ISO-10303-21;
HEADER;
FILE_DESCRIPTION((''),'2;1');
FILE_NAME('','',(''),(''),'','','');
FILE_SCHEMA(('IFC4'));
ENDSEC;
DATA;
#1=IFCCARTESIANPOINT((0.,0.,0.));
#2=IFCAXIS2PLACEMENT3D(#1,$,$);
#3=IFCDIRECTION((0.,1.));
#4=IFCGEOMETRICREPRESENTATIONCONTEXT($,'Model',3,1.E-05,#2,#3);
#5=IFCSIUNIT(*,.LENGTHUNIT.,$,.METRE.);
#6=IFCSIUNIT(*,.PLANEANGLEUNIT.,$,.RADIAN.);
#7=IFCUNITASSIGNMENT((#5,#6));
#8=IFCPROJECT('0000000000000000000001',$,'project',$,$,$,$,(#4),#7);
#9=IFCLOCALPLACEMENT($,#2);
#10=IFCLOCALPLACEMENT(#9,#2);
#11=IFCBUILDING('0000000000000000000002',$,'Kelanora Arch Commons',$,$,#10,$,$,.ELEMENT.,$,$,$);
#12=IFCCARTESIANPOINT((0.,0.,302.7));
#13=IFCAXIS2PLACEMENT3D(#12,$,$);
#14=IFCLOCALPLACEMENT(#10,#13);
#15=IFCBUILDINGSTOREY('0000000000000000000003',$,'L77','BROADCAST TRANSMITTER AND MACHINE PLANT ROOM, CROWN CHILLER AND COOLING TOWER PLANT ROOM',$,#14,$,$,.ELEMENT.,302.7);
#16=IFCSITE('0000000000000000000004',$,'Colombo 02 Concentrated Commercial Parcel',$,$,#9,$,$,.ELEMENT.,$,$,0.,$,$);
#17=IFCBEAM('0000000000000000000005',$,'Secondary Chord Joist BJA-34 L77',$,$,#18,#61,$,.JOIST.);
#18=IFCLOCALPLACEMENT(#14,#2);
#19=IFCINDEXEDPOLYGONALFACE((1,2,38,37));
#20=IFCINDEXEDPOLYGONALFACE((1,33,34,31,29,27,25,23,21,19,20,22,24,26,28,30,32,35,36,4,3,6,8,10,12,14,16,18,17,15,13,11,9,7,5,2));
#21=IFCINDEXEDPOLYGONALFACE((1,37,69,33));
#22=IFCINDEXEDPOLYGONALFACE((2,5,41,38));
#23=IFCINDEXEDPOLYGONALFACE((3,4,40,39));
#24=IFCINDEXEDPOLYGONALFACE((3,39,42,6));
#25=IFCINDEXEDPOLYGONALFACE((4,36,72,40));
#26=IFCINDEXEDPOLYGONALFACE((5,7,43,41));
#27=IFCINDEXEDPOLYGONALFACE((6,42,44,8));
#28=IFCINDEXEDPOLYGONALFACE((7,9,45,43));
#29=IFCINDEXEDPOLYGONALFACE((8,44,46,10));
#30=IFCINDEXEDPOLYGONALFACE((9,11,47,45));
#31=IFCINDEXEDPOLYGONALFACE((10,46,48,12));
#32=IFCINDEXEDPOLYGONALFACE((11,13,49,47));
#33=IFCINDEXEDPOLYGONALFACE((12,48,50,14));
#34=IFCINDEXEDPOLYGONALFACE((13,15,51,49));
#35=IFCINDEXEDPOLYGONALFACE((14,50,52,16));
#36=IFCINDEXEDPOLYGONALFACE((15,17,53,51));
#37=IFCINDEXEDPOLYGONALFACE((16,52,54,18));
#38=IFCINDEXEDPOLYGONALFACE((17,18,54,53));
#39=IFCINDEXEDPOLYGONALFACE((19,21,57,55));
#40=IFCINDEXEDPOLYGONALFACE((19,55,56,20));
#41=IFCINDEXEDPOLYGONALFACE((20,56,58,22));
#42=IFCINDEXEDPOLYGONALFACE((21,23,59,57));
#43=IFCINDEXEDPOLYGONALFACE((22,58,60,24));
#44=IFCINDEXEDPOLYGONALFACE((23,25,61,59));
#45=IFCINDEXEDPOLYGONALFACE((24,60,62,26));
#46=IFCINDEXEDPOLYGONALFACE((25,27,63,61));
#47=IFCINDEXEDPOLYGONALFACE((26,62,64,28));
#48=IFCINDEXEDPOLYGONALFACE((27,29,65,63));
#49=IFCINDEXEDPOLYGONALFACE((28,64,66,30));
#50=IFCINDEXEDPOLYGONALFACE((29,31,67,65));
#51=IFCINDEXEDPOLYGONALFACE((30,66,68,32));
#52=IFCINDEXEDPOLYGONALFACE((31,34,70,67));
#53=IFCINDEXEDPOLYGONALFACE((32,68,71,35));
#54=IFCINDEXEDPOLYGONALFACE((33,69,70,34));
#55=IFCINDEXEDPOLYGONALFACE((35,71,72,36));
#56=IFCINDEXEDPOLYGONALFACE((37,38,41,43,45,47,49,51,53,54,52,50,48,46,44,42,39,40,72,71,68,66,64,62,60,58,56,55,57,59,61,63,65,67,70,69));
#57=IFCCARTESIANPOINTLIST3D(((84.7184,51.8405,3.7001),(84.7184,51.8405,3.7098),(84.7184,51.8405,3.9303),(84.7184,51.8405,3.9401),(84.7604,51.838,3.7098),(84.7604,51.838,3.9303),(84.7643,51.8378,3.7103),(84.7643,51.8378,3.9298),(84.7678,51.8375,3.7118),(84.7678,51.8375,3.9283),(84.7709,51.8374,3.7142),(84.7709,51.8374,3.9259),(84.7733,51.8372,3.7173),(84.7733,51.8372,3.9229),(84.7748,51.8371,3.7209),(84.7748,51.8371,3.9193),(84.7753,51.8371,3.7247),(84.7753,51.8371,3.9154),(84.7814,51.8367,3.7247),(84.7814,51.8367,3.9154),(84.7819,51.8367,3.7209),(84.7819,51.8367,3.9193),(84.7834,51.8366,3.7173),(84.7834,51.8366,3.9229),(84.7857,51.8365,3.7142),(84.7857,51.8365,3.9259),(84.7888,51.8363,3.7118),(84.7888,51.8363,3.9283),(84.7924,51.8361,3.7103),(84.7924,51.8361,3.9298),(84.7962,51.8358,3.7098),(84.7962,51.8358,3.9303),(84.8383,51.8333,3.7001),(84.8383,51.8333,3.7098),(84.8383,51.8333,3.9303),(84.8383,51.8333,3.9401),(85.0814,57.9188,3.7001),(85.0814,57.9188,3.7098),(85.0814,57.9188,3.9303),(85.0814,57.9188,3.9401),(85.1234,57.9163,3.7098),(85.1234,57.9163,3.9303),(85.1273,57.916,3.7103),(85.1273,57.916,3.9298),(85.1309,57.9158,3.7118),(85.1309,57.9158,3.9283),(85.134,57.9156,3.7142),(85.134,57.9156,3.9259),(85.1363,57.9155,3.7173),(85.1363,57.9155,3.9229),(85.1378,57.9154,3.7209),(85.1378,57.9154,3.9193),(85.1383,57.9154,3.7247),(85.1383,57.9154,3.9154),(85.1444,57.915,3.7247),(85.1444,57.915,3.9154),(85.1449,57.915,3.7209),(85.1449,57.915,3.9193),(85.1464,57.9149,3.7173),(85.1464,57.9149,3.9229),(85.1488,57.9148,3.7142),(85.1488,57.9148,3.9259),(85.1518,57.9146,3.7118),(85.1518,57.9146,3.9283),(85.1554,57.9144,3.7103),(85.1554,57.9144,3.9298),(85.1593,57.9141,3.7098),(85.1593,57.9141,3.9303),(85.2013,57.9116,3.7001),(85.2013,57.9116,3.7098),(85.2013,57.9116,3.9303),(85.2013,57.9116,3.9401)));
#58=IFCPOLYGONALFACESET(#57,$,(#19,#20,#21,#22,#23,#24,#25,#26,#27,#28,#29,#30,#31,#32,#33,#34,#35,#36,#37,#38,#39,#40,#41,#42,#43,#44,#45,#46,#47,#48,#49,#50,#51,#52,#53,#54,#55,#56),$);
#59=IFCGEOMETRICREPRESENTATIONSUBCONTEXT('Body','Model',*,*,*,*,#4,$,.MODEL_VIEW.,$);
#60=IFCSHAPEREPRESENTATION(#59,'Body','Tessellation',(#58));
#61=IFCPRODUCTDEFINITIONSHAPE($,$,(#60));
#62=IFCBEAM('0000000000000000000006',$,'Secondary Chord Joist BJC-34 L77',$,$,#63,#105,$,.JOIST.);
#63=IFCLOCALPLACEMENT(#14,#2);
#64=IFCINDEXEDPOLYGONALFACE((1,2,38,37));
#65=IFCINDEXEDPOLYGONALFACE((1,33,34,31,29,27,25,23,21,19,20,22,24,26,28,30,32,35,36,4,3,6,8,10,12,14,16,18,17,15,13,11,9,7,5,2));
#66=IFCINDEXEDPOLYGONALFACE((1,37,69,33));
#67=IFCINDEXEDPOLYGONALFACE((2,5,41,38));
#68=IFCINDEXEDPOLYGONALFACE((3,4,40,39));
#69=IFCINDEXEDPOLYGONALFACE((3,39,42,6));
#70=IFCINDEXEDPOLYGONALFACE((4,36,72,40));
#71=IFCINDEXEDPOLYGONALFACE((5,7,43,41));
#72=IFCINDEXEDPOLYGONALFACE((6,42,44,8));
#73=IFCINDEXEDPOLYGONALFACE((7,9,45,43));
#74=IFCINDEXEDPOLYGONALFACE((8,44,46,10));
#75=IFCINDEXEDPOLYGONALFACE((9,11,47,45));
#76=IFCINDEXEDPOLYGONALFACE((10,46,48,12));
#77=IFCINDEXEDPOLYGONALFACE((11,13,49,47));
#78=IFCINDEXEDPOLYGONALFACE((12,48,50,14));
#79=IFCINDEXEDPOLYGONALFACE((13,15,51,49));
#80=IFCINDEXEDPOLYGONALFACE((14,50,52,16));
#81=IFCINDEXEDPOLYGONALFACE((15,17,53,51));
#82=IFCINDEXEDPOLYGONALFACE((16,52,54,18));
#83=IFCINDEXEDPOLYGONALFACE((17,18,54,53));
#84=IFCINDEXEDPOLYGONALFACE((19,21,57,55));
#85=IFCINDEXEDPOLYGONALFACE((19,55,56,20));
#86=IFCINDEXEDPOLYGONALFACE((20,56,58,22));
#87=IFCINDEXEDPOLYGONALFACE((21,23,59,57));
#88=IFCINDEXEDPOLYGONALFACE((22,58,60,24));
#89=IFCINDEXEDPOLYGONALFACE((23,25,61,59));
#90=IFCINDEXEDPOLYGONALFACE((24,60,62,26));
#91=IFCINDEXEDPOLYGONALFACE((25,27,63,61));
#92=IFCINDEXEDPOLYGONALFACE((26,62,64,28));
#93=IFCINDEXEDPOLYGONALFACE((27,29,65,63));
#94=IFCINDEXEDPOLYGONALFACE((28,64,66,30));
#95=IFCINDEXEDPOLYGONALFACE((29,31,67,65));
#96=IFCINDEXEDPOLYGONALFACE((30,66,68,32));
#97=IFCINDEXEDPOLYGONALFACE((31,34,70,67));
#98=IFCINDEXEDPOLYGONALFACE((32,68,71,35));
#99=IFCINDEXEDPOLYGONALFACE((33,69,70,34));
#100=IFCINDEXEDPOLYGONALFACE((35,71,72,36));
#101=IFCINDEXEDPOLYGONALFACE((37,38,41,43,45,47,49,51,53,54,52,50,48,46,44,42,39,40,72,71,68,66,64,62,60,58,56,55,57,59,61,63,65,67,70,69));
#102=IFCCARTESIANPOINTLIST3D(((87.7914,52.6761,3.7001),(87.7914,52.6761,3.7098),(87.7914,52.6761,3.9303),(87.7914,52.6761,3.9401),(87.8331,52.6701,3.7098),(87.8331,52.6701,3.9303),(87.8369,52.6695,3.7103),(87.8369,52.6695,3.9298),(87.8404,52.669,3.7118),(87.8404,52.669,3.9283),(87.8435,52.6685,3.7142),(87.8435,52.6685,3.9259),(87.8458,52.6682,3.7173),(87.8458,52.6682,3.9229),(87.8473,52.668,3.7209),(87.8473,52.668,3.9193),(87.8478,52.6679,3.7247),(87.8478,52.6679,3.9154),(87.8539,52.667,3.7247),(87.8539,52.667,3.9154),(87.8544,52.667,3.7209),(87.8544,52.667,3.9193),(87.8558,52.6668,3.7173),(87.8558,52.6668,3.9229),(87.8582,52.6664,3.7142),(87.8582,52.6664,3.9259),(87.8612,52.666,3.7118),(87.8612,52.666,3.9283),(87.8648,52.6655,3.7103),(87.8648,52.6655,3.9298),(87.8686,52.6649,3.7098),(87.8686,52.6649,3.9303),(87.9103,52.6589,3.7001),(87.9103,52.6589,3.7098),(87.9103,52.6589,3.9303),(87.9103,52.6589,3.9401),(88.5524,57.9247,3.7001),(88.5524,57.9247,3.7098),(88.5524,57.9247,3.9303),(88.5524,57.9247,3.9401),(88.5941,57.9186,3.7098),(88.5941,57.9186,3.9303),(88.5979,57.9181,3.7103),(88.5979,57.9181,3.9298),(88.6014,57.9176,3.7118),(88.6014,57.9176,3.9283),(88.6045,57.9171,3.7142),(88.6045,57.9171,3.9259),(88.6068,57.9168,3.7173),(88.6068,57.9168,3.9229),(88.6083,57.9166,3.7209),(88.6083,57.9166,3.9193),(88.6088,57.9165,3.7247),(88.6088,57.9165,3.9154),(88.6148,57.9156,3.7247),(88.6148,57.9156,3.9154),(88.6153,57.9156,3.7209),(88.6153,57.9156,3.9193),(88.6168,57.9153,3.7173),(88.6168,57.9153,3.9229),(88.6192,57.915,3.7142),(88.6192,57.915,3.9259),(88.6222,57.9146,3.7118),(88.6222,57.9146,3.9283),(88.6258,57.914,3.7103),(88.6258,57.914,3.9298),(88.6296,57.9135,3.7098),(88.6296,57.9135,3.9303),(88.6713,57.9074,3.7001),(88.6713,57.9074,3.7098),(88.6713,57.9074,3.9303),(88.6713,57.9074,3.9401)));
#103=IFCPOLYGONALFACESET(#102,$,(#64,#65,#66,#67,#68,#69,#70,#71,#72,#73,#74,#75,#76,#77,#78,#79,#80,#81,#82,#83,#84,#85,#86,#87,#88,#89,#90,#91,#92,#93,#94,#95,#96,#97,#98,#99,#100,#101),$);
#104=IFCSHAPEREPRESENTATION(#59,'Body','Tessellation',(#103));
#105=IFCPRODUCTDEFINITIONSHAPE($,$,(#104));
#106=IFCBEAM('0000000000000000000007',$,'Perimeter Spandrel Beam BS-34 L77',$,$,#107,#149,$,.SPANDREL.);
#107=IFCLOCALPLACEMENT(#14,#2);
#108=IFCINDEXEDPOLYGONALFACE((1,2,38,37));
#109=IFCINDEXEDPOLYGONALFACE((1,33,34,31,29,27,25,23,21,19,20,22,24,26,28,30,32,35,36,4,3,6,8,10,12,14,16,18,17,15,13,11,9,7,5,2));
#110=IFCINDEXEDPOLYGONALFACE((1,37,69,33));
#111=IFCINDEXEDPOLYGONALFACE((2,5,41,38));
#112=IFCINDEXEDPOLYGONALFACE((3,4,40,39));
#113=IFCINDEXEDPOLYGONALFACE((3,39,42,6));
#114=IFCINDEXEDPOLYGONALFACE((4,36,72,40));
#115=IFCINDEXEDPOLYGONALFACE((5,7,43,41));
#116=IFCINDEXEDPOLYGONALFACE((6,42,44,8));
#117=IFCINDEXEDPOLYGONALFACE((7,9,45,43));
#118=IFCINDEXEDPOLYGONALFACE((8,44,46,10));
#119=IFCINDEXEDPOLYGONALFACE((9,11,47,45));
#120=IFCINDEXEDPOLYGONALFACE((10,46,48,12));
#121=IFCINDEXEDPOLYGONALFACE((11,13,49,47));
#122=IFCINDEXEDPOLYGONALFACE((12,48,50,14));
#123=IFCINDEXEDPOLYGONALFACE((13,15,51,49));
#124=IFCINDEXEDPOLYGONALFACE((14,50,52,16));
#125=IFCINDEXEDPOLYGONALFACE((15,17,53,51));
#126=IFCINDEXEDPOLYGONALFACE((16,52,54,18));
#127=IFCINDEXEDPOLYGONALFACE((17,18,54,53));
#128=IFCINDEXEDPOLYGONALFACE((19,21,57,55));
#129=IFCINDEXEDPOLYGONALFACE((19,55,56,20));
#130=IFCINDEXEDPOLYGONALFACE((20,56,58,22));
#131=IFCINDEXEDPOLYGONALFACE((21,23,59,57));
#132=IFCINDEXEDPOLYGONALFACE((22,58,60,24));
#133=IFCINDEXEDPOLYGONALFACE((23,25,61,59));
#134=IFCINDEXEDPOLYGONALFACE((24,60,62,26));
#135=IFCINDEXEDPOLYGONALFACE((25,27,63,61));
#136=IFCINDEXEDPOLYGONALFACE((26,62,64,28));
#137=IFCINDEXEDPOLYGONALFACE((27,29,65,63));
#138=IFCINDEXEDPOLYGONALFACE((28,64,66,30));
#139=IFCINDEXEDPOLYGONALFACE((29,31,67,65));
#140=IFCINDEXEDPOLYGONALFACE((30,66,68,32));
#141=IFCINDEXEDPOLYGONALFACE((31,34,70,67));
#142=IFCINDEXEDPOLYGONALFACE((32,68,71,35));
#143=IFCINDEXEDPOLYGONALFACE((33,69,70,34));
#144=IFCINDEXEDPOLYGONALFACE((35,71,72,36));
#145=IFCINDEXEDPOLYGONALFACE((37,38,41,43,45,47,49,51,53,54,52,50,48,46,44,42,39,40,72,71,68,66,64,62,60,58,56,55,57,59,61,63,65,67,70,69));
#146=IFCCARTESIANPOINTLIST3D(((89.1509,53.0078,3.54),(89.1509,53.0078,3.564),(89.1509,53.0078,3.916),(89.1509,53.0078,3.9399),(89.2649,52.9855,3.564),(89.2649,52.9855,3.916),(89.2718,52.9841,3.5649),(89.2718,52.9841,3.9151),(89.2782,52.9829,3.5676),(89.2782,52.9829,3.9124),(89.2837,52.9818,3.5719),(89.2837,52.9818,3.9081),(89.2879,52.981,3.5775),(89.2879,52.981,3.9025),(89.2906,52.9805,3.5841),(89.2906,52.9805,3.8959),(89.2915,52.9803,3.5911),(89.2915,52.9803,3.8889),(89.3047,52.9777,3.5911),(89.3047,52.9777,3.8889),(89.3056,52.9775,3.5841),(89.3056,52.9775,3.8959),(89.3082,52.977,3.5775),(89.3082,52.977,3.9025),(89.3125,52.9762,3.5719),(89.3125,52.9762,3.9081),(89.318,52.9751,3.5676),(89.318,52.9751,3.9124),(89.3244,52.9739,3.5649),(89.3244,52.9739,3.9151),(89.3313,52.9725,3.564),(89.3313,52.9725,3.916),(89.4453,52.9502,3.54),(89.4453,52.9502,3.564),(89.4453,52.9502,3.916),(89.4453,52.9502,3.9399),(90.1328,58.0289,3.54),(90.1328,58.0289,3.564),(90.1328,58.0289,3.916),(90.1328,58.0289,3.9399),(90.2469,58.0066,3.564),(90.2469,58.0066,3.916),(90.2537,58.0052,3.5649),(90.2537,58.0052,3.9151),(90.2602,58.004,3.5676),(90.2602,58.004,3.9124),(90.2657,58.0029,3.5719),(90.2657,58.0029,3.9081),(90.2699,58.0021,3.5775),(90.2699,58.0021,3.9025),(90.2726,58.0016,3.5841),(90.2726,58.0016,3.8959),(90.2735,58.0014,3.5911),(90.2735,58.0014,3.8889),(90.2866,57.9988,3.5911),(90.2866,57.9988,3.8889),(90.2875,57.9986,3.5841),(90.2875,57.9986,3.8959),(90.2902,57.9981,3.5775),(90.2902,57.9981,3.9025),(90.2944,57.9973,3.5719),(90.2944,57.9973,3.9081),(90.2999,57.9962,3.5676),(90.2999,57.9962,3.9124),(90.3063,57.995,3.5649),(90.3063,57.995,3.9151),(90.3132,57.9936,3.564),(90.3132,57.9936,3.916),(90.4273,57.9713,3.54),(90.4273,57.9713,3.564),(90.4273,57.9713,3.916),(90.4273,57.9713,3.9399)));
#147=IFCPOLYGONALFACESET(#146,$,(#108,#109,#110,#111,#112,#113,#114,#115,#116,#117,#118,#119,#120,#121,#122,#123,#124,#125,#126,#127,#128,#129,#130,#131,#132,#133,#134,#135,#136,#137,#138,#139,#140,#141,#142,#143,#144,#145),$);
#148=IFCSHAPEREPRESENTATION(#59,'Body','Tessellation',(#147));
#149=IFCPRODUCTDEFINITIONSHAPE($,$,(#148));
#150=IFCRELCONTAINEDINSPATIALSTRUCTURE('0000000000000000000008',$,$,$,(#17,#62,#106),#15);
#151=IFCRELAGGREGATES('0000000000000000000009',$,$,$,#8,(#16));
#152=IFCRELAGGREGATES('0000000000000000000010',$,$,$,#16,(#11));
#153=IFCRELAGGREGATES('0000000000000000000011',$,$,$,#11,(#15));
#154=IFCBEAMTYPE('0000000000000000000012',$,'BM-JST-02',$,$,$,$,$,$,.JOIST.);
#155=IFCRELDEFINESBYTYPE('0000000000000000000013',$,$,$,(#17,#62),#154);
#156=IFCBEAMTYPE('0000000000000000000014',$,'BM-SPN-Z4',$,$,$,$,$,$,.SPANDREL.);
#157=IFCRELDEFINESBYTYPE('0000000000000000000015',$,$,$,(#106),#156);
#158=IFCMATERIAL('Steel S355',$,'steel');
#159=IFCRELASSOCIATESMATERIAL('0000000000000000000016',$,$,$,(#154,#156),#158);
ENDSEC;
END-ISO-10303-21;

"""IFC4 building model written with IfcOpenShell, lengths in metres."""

from ifc_helpers import new_model, si_unit, direction, frame, origin, origin_2d, place, context, subcontext, project, spatial, i_section, extrude, material, material_profile, profile_set, type_object, element, save


model = new_model("IFC4")

# Units and contexts
model_context = context("Model", 3, precision=1e-05, world=origin(), true_north=direction((0.0, 1.0)))
body_context = subcontext(model_context, "Body", "Model", "MODEL_VIEW")
ifc_project = project(units=[si_unit("LENGTHUNIT", "METRE"), si_unit("PLANEANGLEUNIT", "RADIAN")], contexts=[model_context])

# Site, building, storey
site_placement = place(None, origin())
site = spatial("IfcSite", under=ifc_project, at=site_placement, Name="Colombo 02 Concentrated Commercial Parcel", CompositionType="ELEMENT", RefElevation=0.0)
building_placement = place(site_placement, origin())
building = spatial("IfcBuilding", under=site, at=building_placement, Name="Kelanora Arch Commons", CompositionType="ELEMENT")
storey_placement = place(building_placement, frame((0.0, 0.0, 302.7)))
storey = spatial("IfcBuildingStorey", under=building, at=storey_placement, Name="L77", Description="BROADCAST TRANSMITTER AND MACHINE PLANT ROOM, CROWN CHILLER AND COOLING TOWER PLANT ROOM", CompositionType="ELEMENT", Elevation=302.7)

# Beams
ifc_material_1 = material(Name="Steel S355", Category="steel")
ifc_material_profile_1 = material_profile(ifc_material_1, i_section(OverallWidth=0.1201, OverallDepth=0.24, WebThickness=0.0061, FlangeThickness=0.0098, FilletRadius=0.0149, at=origin_2d()), Name="IPE240")
ifc_profile_set_1 = profile_set([ifc_material_profile_1], Name="Steel S355")
beam_type_1 = type_object("IfcBeamType", Name="BM-JST-02", PredefinedType="JOIST", material=ifc_profile_set_1)
beam_1_placement = place(storey_placement, frame((84.7783, 51.8369, 3.8201), z_axis=(0.05962, 0.998221, 0.0), x_axis=(-0.998221, 0.05962, 0.0)))
element("IfcBeam", 1, at=beam_1_placement, inside=storey, type_object=beam_type_1, Name="Secondary Chord Joist BJA-34 L77", PredefinedType="JOIST", context=body_context, shape_type="SweptSolid", body=[
    extrude(i_section(OverallWidth=0.1201, OverallDepth=0.24, WebThickness=0.0061, FlangeThickness=0.0098, FilletRadius=0.0149, at=origin_2d()), origin(), (0.0, 0.0, 1.0), 6.0891),
])
beam_2_placement = place(storey_placement, frame((87.8508, 52.6675, 3.8201), z_axis=(0.14349, 0.989652, 0.0), x_axis=(-0.989652, 0.14349, 0.0)))
element("IfcBeam", 2, at=beam_2_placement, inside=storey, type_object=beam_type_1, Name="Secondary Chord Joist BJC-34 L77", PredefinedType="JOIST", context=body_context, shape_type="SweptSolid", body=[
    extrude(i_section(OverallWidth=0.1201, OverallDepth=0.24, WebThickness=0.0061, FlangeThickness=0.0098, FilletRadius=0.0149, at=origin_2d()), origin(), (0.0, 0.0, 1.0), 5.3035),
])
ifc_material_profile_2 = material_profile(ifc_material_1, i_section(OverallWidth=0.3, OverallDepth=0.3999, WebThickness=0.0134, FlangeThickness=0.0239, FilletRadius=0.0271, at=origin_2d()), Name="HEB400")
ifc_profile_set_2 = profile_set([ifc_material_profile_2], Name="Steel S355")
beam_type_2 = type_object("IfcBeamType", Name="BM-SPN-Z4", PredefinedType="SPANDREL", material=ifc_profile_set_2)
beam_3_placement = place(storey_placement, frame((89.2981, 52.979, 3.74), z_axis=(0.19193, 0.981409, 0.0), x_axis=(-0.981409, 0.19193, 0.0)))
element("IfcBeam", 3, at=beam_3_placement, inside=storey, type_object=beam_type_2, Name="Perimeter Spandrel Beam BS-34 L77", PredefinedType="SPANDREL", context=body_context, shape_type="SweptSolid", body=[
    extrude(i_section(OverallWidth=0.3, OverallDepth=0.3999, WebThickness=0.0134, FlangeThickness=0.0239, FilletRadius=0.0271, at=origin_2d()), origin(), (0.0, 0.0, 1.0), 5.1162),
])

save(model, "model.ifc")
